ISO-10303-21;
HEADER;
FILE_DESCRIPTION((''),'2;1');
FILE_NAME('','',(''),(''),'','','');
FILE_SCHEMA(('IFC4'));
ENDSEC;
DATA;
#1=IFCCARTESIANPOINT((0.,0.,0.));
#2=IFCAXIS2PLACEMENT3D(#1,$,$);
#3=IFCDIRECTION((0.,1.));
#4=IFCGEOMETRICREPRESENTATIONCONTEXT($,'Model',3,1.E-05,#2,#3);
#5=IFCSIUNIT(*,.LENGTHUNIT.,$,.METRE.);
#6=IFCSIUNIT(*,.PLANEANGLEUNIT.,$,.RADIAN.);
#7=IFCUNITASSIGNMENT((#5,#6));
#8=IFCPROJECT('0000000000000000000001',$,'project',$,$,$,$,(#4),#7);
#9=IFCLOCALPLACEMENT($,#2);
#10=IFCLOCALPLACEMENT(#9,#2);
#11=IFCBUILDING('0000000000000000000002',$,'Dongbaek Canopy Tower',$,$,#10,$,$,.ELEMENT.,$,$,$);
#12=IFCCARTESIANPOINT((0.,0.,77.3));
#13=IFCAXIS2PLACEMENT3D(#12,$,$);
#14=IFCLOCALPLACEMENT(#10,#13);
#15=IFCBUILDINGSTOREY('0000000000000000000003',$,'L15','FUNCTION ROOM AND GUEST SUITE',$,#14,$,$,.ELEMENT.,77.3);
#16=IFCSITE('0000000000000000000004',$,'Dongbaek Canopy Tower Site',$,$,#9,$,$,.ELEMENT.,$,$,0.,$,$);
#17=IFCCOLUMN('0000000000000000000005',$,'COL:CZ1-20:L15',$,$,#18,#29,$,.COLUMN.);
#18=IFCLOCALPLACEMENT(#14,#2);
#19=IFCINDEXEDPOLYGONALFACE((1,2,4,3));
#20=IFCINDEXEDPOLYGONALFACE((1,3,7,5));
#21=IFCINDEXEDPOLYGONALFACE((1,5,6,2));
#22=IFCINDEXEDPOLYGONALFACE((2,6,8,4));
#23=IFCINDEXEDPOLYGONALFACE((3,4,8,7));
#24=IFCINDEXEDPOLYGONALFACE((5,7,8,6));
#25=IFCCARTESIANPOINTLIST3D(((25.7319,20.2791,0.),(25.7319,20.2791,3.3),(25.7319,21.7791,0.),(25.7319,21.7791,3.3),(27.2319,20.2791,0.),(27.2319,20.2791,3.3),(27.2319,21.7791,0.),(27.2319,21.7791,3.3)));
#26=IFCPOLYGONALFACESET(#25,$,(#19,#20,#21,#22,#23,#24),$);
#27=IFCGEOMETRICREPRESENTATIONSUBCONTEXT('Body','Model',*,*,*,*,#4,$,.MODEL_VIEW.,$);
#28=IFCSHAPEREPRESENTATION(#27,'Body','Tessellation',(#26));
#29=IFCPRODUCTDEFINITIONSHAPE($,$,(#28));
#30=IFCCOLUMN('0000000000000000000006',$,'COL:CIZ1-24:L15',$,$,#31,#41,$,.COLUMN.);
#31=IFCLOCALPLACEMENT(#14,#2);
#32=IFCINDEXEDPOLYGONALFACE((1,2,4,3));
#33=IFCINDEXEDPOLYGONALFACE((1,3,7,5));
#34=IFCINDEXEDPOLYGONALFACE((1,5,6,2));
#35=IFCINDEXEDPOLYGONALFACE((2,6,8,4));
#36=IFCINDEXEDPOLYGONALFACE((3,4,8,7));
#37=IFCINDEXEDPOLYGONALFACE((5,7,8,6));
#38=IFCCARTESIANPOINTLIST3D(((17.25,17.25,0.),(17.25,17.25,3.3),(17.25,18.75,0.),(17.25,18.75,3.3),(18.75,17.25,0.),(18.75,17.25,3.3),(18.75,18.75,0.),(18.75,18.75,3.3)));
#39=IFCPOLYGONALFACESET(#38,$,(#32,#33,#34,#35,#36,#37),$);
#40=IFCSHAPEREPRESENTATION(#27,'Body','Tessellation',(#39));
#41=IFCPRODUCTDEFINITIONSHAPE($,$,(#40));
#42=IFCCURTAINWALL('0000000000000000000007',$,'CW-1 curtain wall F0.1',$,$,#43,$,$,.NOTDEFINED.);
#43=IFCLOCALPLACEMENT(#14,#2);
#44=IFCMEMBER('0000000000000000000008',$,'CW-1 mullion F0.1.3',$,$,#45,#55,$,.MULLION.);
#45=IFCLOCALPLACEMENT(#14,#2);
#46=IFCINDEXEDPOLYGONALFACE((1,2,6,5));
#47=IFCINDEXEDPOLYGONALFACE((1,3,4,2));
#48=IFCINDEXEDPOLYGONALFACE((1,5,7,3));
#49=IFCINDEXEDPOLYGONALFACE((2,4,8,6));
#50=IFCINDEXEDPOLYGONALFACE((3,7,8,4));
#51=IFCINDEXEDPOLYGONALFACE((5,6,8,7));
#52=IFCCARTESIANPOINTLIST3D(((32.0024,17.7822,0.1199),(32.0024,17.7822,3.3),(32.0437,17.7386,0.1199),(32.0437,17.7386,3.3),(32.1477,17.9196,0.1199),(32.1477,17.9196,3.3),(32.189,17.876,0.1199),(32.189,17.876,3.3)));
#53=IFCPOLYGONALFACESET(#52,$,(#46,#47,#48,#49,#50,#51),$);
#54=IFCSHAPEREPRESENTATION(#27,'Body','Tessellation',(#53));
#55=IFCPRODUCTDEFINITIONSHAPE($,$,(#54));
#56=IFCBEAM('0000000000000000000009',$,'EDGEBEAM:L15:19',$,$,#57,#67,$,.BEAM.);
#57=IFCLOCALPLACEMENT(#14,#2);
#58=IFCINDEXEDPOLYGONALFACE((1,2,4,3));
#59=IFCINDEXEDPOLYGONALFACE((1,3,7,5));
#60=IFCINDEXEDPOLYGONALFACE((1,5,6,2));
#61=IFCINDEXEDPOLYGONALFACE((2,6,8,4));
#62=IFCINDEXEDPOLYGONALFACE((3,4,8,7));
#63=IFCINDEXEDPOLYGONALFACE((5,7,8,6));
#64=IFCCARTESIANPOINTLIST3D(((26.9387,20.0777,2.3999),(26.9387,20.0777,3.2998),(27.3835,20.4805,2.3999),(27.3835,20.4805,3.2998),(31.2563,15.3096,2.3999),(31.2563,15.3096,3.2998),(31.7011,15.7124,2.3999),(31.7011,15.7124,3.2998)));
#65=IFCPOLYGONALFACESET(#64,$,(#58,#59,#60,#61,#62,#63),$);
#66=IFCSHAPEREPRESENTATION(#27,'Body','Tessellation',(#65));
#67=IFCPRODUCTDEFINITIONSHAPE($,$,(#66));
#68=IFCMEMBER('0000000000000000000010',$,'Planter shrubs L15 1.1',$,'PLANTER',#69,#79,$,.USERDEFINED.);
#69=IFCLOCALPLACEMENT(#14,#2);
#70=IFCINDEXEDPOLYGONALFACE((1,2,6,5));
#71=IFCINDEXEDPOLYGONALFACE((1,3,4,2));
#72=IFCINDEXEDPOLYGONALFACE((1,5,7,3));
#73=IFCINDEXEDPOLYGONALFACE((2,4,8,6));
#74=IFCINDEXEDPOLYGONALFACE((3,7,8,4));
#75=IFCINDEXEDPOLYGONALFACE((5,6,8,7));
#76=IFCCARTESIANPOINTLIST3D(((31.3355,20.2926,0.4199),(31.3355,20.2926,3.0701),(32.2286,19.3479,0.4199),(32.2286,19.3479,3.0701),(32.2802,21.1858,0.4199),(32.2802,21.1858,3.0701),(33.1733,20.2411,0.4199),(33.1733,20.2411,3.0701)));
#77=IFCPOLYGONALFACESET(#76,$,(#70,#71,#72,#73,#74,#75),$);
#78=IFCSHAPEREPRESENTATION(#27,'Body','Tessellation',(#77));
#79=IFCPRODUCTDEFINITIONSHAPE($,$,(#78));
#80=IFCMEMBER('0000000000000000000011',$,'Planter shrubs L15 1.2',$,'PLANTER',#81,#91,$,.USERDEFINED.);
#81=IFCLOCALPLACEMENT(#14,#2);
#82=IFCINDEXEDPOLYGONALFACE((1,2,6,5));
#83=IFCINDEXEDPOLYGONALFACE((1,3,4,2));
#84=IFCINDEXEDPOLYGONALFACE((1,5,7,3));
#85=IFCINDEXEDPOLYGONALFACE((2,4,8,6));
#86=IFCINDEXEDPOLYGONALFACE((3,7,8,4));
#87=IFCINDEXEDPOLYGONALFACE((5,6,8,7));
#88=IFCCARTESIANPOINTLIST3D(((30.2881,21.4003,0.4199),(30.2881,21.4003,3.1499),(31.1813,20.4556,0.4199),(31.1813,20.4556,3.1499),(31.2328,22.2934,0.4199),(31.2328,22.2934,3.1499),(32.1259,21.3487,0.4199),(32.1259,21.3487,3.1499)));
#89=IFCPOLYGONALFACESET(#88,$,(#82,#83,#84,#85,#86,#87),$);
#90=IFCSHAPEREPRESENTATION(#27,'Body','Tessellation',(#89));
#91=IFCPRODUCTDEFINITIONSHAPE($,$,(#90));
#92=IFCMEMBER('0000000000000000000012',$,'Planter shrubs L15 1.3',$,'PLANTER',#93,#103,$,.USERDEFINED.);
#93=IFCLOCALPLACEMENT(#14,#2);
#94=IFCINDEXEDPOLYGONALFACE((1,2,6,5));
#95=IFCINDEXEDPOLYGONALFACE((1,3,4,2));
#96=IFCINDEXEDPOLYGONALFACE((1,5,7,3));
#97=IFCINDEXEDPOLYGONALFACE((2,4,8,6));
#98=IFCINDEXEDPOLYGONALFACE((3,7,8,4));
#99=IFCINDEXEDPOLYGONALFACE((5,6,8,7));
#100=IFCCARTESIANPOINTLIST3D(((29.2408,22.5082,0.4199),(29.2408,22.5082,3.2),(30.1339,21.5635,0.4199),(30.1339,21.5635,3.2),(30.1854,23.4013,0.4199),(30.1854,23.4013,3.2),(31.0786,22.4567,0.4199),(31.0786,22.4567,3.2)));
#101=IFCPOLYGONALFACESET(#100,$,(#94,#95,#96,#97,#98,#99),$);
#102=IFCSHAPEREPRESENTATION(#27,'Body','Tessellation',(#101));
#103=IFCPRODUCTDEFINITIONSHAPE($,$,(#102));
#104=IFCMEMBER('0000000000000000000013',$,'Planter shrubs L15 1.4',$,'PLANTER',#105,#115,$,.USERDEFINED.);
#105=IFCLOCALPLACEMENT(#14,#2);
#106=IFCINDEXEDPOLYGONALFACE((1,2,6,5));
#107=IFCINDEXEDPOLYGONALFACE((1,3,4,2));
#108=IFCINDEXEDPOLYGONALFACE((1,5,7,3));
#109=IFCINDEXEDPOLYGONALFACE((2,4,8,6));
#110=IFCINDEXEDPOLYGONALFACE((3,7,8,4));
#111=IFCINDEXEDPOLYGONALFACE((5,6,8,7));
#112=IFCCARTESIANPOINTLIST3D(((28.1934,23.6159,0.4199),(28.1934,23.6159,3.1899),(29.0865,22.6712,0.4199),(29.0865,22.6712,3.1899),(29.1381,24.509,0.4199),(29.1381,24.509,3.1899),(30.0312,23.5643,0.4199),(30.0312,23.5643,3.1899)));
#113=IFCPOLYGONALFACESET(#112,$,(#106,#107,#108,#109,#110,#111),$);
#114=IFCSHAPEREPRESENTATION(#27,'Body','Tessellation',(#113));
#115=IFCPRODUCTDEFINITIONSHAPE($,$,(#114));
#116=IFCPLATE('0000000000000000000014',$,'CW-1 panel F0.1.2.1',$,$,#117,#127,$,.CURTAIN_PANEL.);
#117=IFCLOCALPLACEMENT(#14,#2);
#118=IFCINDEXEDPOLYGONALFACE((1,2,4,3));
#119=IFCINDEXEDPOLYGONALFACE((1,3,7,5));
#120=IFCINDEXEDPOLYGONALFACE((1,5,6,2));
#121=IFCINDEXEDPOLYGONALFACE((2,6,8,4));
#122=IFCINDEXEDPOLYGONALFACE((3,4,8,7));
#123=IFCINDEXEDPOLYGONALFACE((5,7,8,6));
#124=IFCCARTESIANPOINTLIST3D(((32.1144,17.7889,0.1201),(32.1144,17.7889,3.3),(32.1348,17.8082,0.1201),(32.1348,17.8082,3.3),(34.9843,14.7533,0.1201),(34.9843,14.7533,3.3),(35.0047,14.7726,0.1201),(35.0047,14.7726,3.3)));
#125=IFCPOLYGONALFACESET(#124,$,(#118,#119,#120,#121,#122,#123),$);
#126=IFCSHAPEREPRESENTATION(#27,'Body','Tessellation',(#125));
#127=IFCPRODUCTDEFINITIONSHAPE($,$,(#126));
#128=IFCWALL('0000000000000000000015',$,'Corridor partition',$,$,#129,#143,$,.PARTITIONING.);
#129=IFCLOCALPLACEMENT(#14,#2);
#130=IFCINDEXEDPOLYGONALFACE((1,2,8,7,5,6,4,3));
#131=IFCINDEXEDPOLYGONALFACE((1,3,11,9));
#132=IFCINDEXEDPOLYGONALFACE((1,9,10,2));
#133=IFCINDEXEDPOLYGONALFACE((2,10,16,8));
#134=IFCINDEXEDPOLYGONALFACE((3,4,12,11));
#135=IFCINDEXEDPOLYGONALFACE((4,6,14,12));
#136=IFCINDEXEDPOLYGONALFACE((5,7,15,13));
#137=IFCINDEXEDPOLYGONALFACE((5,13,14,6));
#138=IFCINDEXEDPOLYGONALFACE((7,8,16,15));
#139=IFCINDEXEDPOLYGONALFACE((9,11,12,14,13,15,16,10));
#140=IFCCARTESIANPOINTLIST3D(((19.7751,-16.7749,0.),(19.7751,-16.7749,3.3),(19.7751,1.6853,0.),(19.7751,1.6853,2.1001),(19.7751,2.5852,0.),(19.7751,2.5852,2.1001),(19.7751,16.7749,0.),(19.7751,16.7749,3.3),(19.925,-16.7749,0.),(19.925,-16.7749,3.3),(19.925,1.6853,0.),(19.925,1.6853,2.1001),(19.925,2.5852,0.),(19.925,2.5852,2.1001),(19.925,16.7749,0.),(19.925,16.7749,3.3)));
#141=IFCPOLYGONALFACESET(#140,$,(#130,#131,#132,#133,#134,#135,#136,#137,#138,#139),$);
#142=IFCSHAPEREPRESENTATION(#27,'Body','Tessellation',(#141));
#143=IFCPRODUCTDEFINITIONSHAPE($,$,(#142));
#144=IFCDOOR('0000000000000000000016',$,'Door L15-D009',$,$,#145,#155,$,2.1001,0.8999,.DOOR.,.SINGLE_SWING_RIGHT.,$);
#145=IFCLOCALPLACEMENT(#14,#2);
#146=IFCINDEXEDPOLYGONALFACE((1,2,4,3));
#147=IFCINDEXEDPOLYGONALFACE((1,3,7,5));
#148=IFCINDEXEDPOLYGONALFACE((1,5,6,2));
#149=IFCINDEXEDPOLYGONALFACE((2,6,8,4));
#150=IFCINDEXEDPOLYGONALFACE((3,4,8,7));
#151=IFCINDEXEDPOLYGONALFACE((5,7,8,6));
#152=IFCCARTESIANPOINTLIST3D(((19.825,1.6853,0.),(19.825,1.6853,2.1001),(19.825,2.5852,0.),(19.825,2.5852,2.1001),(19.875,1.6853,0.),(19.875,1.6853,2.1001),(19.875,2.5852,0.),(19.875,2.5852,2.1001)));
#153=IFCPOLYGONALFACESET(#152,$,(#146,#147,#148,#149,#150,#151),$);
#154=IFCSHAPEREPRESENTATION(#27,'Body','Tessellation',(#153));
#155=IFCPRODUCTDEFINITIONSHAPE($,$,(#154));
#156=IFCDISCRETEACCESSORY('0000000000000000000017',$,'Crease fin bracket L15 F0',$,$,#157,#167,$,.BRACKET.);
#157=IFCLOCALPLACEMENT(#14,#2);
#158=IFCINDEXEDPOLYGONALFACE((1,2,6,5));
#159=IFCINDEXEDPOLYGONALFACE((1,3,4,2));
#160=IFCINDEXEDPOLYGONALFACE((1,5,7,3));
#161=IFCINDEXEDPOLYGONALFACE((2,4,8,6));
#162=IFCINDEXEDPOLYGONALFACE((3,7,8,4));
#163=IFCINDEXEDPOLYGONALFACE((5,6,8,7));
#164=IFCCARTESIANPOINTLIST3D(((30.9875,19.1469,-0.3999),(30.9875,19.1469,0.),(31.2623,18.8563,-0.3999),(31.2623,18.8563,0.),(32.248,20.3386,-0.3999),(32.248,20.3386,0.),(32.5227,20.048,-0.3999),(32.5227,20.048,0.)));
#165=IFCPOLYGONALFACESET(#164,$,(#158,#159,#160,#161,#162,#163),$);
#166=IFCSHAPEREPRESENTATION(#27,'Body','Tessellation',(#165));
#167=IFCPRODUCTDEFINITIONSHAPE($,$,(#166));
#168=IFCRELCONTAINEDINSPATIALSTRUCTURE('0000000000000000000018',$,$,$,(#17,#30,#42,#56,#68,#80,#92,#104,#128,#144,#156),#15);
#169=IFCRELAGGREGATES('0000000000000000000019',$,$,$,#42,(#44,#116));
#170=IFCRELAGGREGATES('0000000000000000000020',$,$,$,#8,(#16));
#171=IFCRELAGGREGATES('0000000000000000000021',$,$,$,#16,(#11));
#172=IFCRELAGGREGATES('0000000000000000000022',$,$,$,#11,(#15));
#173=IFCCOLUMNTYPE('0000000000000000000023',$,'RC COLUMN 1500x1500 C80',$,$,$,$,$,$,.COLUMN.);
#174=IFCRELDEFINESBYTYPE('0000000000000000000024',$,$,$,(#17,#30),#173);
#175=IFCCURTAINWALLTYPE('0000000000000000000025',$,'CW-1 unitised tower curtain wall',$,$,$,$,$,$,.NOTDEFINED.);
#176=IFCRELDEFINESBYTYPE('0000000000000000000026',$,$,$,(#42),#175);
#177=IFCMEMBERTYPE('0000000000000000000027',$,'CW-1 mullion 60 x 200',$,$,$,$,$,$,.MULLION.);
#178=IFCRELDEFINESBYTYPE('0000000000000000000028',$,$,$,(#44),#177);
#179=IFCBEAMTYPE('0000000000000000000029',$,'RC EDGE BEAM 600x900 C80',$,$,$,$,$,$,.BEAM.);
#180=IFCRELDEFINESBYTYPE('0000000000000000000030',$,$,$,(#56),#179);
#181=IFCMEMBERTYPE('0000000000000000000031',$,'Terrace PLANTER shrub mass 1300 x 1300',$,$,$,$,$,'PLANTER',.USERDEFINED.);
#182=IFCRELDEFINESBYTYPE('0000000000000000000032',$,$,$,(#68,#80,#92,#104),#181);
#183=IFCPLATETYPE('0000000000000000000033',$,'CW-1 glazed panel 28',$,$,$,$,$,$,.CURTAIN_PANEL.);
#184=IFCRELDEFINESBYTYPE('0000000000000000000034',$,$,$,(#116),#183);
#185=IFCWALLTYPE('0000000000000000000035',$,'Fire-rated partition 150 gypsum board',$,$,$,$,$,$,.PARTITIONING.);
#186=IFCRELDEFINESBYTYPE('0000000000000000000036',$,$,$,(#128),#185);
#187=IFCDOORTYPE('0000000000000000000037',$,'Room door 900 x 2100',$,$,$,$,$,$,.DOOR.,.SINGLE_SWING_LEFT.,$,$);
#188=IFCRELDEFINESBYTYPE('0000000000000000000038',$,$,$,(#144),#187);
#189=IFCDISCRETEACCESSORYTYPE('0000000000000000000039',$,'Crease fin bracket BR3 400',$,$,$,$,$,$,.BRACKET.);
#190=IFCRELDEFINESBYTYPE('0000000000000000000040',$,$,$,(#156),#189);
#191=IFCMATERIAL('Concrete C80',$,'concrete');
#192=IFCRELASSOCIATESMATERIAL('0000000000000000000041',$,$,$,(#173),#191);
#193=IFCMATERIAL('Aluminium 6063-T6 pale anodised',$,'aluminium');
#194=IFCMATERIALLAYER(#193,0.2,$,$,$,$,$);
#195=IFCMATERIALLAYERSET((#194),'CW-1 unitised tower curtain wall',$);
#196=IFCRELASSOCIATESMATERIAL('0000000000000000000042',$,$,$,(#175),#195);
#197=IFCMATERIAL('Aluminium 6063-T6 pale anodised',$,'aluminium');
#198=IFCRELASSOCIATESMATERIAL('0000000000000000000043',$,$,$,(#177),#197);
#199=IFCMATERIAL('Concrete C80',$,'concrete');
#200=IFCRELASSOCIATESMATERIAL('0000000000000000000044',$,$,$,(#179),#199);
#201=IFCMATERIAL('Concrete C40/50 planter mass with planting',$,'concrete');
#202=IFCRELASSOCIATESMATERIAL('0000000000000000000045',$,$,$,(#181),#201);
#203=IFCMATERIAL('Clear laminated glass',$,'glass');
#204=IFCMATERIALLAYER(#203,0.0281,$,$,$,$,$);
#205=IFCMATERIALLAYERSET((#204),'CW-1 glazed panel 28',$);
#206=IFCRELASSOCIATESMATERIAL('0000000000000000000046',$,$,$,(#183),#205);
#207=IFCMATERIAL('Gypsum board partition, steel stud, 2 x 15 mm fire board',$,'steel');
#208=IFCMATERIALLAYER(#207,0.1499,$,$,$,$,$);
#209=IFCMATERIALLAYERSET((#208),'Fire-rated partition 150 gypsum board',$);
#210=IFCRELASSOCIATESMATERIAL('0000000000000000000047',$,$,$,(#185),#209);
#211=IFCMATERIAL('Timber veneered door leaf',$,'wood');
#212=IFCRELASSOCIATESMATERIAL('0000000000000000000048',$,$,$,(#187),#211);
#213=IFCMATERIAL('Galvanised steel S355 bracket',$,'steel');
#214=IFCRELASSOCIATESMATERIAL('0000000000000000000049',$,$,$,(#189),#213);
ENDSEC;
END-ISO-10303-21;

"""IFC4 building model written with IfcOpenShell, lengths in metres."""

from ifc_helpers import new_model, si_unit, direction, frame, frame_2d, origin, origin_2d, place, context, subcontext, project, spatial, rectangle, extrude, material, layer, layer_set, material_profile, profile_set, type_object, element, fill, aggregate, save


model = new_model("IFC4")

# Units and contexts
model_context = context("Model", 3, precision=1e-05, world=origin(), true_north=direction((0.0, 1.0)))
body_context = subcontext(model_context, "Body", "Model", "MODEL_VIEW")
ifc_project = project(units=[si_unit("LENGTHUNIT", "METRE"), si_unit("PLANEANGLEUNIT", "RADIAN")], contexts=[model_context])

# Site, building, storey
site_placement = place(None, origin())
site = spatial("IfcSite", under=ifc_project, at=site_placement, Name="Dongbaek Canopy Tower Site", CompositionType="ELEMENT", RefElevation=0.0)
building_placement = place(site_placement, origin())
building = spatial("IfcBuilding", under=site, at=building_placement, Name="Dongbaek Canopy Tower", CompositionType="ELEMENT")
storey_placement = place(building_placement, frame((0.0, 0.0, 77.3)))
storey = spatial("IfcBuildingStorey", under=building, at=storey_placement, Name="L15", Description="FUNCTION ROOM AND GUEST SUITE", CompositionType="ELEMENT", Elevation=77.3)

# Columns
ifc_material_1 = material(Name="Concrete C80", Category="concrete")
ifc_material_profile_1 = material_profile(ifc_material_1, rectangle(XDim=1.5, YDim=1.5, at=origin_2d()), Name="RC COLUMN 1500x1500 C80")
ifc_profile_set_1 = profile_set([ifc_material_profile_1], Name="Concrete C80")
column_type = type_object("IfcColumnType", Name="RC COLUMN 1500x1500 C80", PredefinedType="COLUMN", material=ifc_profile_set_1)
for number, where, z_axis, x_axis, name in (
    (1, (26.4819, 21.0291, 0.0), (0.0, 0.0, 1.0), (1.0, 0.0, 0.0), "COL:CZ1-20:L15"),
    (2, (18.0, 18.0, 0.0), (0.0, 0.0, 1.0), (1.0, 0.0, 0.0), "COL:CIZ1-24:L15"),
):
    element("IfcColumn", number, at=place(storey_placement, frame(where, z_axis=z_axis, x_axis=x_axis)), inside=storey, type_object=column_type, Name=name, PredefinedType="COLUMN", context=body_context, shape_type="SweptSolid", body=[
        extrude(rectangle(XDim=1.5, YDim=1.5, at=origin_2d()), origin(), (0.0, 0.0, 1.0), 3.3),
    ])

# Curtain wall, member
ifc_material_2 = material(Name="Aluminium 6063-T6 pale anodised", Category="aluminium")
ifc_layer_1 = layer(ifc_material_2, 0.2)
ifc_layer_set_1 = layer_set([ifc_layer_1], Name="CW-1 unitised tower curtain wall")
curtain_wall_type = type_object("IfcCurtainWallType", Name="CW-1 unitised tower curtain wall", PredefinedType="NOTDEFINED", material=ifc_layer_set_1)
curtain_wall_placement = place(storey_placement, origin())
curtain_wall = element("IfcCurtainWall", 3, at=curtain_wall_placement, inside=storey, type_object=curtain_wall_type, Name="CW-1 curtain wall F0.1", PredefinedType="NOTDEFINED")
ifc_material_3 = material(Name="Aluminium 6063-T6 pale anodised", Category="aluminium")
ifc_material_profile_2 = material_profile(ifc_material_3, rectangle(XDim=0.2, YDim=0.0601, at=origin_2d()), Name="CW-1 mullion 60 x 200")
ifc_profile_set_2 = profile_set([ifc_material_profile_2], Name="Aluminium 6063-T6 pale anodised")
member_type_1 = type_object("IfcMemberType", Name="CW-1 mullion 60 x 200", PredefinedType="MULLION", material=ifc_profile_set_2)
member_1_placement = place(storey_placement, frame((32.0957, 17.8291, 0.1199), z_axis=(0.0, 0.0, 1.0), x_axis=(0.726653, 0.687005, 0.0)))
member_1 = element("IfcMember", 4, at=member_1_placement, type_object=member_type_1, Name="CW-1 mullion F0.1.3", PredefinedType="MULLION", context=body_context, shape_type="SweptSolid", body=[
    extrude(rectangle(XDim=0.2, YDim=0.0601, at=origin_2d()), origin(), (0.0, 0.0, 1.0), 3.1802),
])

# Beam
ifc_material_4 = material(Name="Concrete C80", Category="concrete")
ifc_material_profile_3 = material_profile(ifc_material_4, rectangle(XDim=0.6001, YDim=0.8999, at=origin_2d()), Name="RC EDGE BEAM 600x900 C80")
ifc_profile_set_3 = profile_set([ifc_material_profile_3], Name="Concrete C80")
beam_type = type_object("IfcBeamType", Name="RC EDGE BEAM 600x900 C80", PredefinedType="BEAM", material=ifc_profile_set_3)
beam_placement = place(storey_placement, frame((27.1611, 20.2791, 2.8499), z_axis=(0.671226, -0.741252, 0.0), x_axis=(0.741252, 0.671226, 0.0)))
element("IfcBeam", 5, at=beam_placement, inside=storey, type_object=beam_type, Name="EDGEBEAM:L15:19", PredefinedType="BEAM", context=body_context, shape_type="SweptSolid", body=[
    extrude(rectangle(XDim=0.6001, YDim=0.8999, at=origin_2d()), origin(), (0.0, 0.0, 1.0), 6.4324),
])

# Members
ifc_material_5 = material(Name="Concrete C40/50 planter mass with planting", Category="concrete")
ifc_material_profile_4 = material_profile(ifc_material_5, rectangle(XDim=1.3, YDim=1.3, at=origin_2d()), Name="Terrace PLANTER shrub mass 1300 x 1300")
ifc_profile_set_4 = profile_set([ifc_material_profile_4], Name="Concrete C40/50 planter mass with planting")
member_type_2 = type_object("IfcMemberType", Name="Terrace PLANTER shrub mass 1300 x 1300", ElementType="PLANTER", PredefinedType="USERDEFINED", material=ifc_profile_set_4)
member_2_placement = place(storey_placement, frame((32.2544, 20.2668, 0.4199), z_axis=(0.0, 0.0, 1.0), x_axis=(0.726653, 0.687005, 0.0)))
element("IfcMember", 6, at=member_2_placement, inside=storey, type_object=member_type_2, Name="Planter shrubs L15 1.1", ObjectType="PLANTER", PredefinedType="USERDEFINED", context=body_context, shape_type="SweptSolid", body=[
    extrude(rectangle(XDim=1.3, YDim=1.3, at=origin_2d()), origin(), (0.0, 0.0, 1.0), 2.6501),
])
member_3_placement = place(storey_placement, frame((31.207, 21.3745, 0.4199), z_axis=(0.0, 0.0, 1.0), x_axis=(0.726653, 0.687005, 0.0)))
element("IfcMember", 7, at=member_3_placement, inside=storey, type_object=member_type_2, Name="Planter shrubs L15 1.2", ObjectType="PLANTER", PredefinedType="USERDEFINED", context=body_context, shape_type="SweptSolid", body=[
    extrude(rectangle(XDim=1.3, YDim=1.3, at=origin_2d()), origin(), (0.0, 0.0, 1.0), 2.73),
])
member_4_placement = place(storey_placement, frame((30.1597, 22.4824, 0.4199), z_axis=(0.0, 0.0, 1.0), x_axis=(0.726653, 0.687005, 0.0)))
element("IfcMember", 8, at=member_4_placement, inside=storey, type_object=member_type_2, Name="Planter shrubs L15 1.3", ObjectType="PLANTER", PredefinedType="USERDEFINED", context=body_context, shape_type="SweptSolid", body=[
    extrude(rectangle(XDim=1.3, YDim=1.3, at=origin_2d()), origin(), (0.0, 0.0, 1.0), 2.78),
])
member_5_placement = place(storey_placement, frame((29.1123, 23.5901, 0.4199), z_axis=(0.0, 0.0, 1.0), x_axis=(0.726653, 0.687005, 0.0)))
element("IfcMember", 9, at=member_5_placement, inside=storey, type_object=member_type_2, Name="Planter shrubs L15 1.4", ObjectType="PLANTER", PredefinedType="USERDEFINED", context=body_context, shape_type="SweptSolid", body=[
    extrude(rectangle(XDim=1.3, YDim=1.3, at=origin_2d()), origin(), (0.0, 0.0, 1.0), 2.77),
])

# Plate
ifc_material_6 = material(Name="Clear laminated glass", Category="glass")
ifc_layer_2 = layer(ifc_material_6, 0.0281)
ifc_layer_set_2 = layer_set([ifc_layer_2], Name="CW-1 glazed panel 28")
plate_type = type_object("IfcPlateType", Name="CW-1 glazed panel 28", PredefinedType="CURTAIN_PANEL", material=ifc_layer_set_2)
plate_placement = place(storey_placement, frame((33.5596, 16.2808, 0.1201), z_axis=(0.0, 0.0, 1.0), x_axis=(-0.687005, 0.726653, 0.0)))
plate = element("IfcPlate", 10, at=plate_placement, type_object=plate_type, Name="CW-1 panel F0.1.2.1", PredefinedType="CURTAIN_PANEL", context=body_context, shape_type="SweptSolid", body=[
    extrude(rectangle(XDim=4.1775, YDim=0.0281, at=origin_2d()), origin(), (0.0, 0.0, 1.0), 3.1799),
])
aggregate(curtain_wall, [member_1, plate])

# Wall, opening, door
ifc_material_7 = material(Name="Gypsum board partition, steel stud, 2 x 15 mm fire board", Category="steel")
ifc_layer_3 = layer(ifc_material_7, 0.1499)
ifc_layer_set_3 = layer_set([ifc_layer_3], Name="Fire-rated partition 150 gypsum board")
wall_type_1 = type_object("IfcWallType", Name="Fire-rated partition 150 gypsum board", PredefinedType="PARTITIONING", material=ifc_layer_set_3)
wall_1_placement = place(storey_placement, frame((19.8501, 16.7749, 0.0), z_axis=(0.0, 0.0, 1.0), x_axis=(0.0, -1.0, 0.0)))
wall_1 = element("IfcWall", 11, at=wall_1_placement, inside=storey, type_object=wall_type_1, Name="Corridor partition", PredefinedType="PARTITIONING", context=body_context, shape_type="SweptSolid", body=[
    extrude(rectangle(XDim=33.5498, YDim=0.1499, at=frame_2d((16.7749, 0.0))), origin(), (0.0, 0.0, 1.0), 3.3),
])
opening_1_placement = place(wall_1_placement, frame((14.1897, 0.0, 0.0)))
opening_1 = element("IfcOpeningElement", 12, at=opening_1_placement, cuts=wall_1, PredefinedType="OPENING", context=body_context, shape_type="SweptSolid", body=[
    extrude(rectangle(XDim=0.8999, YDim=2.1001, at=frame_2d((0.45, 1.05))), frame((0.0, 0.085, 0.0), z_axis=(0.0, -1.0, 0.0), x_axis=(1.0, 0.0, 0.0)), (0.0, 0.0, 1.0), 0.1699),
])
ifc_material_8 = material(Name="Timber veneered door leaf", Category="wood")
door_type_1 = type_object("IfcDoorType", Name="Room door 900 x 2100", OperationType="SINGLE_SWING_LEFT", PredefinedType="DOOR", material=ifc_material_8)
door_1_placement = place(opening_1_placement, origin())
door_1 = element("IfcDoor", 13, at=door_1_placement, inside=storey, type_object=door_type_1, Name="Door L15-D009", OperationType="SINGLE_SWING_RIGHT", OverallHeight=2.1001, OverallWidth=0.8999, PredefinedType="DOOR", context=body_context, shape_type="SweptSolid", body=[
    extrude(rectangle(XDim=0.8999, YDim=2.1001, at=frame_2d((0.45, 1.05))), frame((0.0, 0.0249, 0.0), z_axis=(0.0, -1.0, 0.0), x_axis=(1.0, 0.0, 0.0)), (0.0, 0.0, 1.0), 0.05),
])
fill(opening_1, door_1)

# Discrete accessory
ifc_material_9 = material(Name="Galvanised steel S355 bracket", Category="steel")
discrete_accessory_type = type_object("IfcDiscreteAccessoryType", Name="Crease fin bracket BR3 400", PredefinedType="BRACKET", material=ifc_material_9)
discrete_accessory_placement = place(storey_placement, frame((31.7551, 19.5974, -0.3999), z_axis=(0.0, 0.0, 1.0), x_axis=(0.726653, 0.687005, 0.0)))
element("IfcDiscreteAccessory", 14, at=discrete_accessory_placement, inside=storey, type_object=discrete_accessory_type, Name="Crease fin bracket L15 F0", PredefinedType="BRACKET", context=body_context, shape_type="SweptSolid", body=[
    extrude(rectangle(XDim=1.7346, YDim=0.3999, at=origin_2d()), origin(), (0.0, 0.0, 1.0), 0.3999),
])

save(model, "model.ifc")
